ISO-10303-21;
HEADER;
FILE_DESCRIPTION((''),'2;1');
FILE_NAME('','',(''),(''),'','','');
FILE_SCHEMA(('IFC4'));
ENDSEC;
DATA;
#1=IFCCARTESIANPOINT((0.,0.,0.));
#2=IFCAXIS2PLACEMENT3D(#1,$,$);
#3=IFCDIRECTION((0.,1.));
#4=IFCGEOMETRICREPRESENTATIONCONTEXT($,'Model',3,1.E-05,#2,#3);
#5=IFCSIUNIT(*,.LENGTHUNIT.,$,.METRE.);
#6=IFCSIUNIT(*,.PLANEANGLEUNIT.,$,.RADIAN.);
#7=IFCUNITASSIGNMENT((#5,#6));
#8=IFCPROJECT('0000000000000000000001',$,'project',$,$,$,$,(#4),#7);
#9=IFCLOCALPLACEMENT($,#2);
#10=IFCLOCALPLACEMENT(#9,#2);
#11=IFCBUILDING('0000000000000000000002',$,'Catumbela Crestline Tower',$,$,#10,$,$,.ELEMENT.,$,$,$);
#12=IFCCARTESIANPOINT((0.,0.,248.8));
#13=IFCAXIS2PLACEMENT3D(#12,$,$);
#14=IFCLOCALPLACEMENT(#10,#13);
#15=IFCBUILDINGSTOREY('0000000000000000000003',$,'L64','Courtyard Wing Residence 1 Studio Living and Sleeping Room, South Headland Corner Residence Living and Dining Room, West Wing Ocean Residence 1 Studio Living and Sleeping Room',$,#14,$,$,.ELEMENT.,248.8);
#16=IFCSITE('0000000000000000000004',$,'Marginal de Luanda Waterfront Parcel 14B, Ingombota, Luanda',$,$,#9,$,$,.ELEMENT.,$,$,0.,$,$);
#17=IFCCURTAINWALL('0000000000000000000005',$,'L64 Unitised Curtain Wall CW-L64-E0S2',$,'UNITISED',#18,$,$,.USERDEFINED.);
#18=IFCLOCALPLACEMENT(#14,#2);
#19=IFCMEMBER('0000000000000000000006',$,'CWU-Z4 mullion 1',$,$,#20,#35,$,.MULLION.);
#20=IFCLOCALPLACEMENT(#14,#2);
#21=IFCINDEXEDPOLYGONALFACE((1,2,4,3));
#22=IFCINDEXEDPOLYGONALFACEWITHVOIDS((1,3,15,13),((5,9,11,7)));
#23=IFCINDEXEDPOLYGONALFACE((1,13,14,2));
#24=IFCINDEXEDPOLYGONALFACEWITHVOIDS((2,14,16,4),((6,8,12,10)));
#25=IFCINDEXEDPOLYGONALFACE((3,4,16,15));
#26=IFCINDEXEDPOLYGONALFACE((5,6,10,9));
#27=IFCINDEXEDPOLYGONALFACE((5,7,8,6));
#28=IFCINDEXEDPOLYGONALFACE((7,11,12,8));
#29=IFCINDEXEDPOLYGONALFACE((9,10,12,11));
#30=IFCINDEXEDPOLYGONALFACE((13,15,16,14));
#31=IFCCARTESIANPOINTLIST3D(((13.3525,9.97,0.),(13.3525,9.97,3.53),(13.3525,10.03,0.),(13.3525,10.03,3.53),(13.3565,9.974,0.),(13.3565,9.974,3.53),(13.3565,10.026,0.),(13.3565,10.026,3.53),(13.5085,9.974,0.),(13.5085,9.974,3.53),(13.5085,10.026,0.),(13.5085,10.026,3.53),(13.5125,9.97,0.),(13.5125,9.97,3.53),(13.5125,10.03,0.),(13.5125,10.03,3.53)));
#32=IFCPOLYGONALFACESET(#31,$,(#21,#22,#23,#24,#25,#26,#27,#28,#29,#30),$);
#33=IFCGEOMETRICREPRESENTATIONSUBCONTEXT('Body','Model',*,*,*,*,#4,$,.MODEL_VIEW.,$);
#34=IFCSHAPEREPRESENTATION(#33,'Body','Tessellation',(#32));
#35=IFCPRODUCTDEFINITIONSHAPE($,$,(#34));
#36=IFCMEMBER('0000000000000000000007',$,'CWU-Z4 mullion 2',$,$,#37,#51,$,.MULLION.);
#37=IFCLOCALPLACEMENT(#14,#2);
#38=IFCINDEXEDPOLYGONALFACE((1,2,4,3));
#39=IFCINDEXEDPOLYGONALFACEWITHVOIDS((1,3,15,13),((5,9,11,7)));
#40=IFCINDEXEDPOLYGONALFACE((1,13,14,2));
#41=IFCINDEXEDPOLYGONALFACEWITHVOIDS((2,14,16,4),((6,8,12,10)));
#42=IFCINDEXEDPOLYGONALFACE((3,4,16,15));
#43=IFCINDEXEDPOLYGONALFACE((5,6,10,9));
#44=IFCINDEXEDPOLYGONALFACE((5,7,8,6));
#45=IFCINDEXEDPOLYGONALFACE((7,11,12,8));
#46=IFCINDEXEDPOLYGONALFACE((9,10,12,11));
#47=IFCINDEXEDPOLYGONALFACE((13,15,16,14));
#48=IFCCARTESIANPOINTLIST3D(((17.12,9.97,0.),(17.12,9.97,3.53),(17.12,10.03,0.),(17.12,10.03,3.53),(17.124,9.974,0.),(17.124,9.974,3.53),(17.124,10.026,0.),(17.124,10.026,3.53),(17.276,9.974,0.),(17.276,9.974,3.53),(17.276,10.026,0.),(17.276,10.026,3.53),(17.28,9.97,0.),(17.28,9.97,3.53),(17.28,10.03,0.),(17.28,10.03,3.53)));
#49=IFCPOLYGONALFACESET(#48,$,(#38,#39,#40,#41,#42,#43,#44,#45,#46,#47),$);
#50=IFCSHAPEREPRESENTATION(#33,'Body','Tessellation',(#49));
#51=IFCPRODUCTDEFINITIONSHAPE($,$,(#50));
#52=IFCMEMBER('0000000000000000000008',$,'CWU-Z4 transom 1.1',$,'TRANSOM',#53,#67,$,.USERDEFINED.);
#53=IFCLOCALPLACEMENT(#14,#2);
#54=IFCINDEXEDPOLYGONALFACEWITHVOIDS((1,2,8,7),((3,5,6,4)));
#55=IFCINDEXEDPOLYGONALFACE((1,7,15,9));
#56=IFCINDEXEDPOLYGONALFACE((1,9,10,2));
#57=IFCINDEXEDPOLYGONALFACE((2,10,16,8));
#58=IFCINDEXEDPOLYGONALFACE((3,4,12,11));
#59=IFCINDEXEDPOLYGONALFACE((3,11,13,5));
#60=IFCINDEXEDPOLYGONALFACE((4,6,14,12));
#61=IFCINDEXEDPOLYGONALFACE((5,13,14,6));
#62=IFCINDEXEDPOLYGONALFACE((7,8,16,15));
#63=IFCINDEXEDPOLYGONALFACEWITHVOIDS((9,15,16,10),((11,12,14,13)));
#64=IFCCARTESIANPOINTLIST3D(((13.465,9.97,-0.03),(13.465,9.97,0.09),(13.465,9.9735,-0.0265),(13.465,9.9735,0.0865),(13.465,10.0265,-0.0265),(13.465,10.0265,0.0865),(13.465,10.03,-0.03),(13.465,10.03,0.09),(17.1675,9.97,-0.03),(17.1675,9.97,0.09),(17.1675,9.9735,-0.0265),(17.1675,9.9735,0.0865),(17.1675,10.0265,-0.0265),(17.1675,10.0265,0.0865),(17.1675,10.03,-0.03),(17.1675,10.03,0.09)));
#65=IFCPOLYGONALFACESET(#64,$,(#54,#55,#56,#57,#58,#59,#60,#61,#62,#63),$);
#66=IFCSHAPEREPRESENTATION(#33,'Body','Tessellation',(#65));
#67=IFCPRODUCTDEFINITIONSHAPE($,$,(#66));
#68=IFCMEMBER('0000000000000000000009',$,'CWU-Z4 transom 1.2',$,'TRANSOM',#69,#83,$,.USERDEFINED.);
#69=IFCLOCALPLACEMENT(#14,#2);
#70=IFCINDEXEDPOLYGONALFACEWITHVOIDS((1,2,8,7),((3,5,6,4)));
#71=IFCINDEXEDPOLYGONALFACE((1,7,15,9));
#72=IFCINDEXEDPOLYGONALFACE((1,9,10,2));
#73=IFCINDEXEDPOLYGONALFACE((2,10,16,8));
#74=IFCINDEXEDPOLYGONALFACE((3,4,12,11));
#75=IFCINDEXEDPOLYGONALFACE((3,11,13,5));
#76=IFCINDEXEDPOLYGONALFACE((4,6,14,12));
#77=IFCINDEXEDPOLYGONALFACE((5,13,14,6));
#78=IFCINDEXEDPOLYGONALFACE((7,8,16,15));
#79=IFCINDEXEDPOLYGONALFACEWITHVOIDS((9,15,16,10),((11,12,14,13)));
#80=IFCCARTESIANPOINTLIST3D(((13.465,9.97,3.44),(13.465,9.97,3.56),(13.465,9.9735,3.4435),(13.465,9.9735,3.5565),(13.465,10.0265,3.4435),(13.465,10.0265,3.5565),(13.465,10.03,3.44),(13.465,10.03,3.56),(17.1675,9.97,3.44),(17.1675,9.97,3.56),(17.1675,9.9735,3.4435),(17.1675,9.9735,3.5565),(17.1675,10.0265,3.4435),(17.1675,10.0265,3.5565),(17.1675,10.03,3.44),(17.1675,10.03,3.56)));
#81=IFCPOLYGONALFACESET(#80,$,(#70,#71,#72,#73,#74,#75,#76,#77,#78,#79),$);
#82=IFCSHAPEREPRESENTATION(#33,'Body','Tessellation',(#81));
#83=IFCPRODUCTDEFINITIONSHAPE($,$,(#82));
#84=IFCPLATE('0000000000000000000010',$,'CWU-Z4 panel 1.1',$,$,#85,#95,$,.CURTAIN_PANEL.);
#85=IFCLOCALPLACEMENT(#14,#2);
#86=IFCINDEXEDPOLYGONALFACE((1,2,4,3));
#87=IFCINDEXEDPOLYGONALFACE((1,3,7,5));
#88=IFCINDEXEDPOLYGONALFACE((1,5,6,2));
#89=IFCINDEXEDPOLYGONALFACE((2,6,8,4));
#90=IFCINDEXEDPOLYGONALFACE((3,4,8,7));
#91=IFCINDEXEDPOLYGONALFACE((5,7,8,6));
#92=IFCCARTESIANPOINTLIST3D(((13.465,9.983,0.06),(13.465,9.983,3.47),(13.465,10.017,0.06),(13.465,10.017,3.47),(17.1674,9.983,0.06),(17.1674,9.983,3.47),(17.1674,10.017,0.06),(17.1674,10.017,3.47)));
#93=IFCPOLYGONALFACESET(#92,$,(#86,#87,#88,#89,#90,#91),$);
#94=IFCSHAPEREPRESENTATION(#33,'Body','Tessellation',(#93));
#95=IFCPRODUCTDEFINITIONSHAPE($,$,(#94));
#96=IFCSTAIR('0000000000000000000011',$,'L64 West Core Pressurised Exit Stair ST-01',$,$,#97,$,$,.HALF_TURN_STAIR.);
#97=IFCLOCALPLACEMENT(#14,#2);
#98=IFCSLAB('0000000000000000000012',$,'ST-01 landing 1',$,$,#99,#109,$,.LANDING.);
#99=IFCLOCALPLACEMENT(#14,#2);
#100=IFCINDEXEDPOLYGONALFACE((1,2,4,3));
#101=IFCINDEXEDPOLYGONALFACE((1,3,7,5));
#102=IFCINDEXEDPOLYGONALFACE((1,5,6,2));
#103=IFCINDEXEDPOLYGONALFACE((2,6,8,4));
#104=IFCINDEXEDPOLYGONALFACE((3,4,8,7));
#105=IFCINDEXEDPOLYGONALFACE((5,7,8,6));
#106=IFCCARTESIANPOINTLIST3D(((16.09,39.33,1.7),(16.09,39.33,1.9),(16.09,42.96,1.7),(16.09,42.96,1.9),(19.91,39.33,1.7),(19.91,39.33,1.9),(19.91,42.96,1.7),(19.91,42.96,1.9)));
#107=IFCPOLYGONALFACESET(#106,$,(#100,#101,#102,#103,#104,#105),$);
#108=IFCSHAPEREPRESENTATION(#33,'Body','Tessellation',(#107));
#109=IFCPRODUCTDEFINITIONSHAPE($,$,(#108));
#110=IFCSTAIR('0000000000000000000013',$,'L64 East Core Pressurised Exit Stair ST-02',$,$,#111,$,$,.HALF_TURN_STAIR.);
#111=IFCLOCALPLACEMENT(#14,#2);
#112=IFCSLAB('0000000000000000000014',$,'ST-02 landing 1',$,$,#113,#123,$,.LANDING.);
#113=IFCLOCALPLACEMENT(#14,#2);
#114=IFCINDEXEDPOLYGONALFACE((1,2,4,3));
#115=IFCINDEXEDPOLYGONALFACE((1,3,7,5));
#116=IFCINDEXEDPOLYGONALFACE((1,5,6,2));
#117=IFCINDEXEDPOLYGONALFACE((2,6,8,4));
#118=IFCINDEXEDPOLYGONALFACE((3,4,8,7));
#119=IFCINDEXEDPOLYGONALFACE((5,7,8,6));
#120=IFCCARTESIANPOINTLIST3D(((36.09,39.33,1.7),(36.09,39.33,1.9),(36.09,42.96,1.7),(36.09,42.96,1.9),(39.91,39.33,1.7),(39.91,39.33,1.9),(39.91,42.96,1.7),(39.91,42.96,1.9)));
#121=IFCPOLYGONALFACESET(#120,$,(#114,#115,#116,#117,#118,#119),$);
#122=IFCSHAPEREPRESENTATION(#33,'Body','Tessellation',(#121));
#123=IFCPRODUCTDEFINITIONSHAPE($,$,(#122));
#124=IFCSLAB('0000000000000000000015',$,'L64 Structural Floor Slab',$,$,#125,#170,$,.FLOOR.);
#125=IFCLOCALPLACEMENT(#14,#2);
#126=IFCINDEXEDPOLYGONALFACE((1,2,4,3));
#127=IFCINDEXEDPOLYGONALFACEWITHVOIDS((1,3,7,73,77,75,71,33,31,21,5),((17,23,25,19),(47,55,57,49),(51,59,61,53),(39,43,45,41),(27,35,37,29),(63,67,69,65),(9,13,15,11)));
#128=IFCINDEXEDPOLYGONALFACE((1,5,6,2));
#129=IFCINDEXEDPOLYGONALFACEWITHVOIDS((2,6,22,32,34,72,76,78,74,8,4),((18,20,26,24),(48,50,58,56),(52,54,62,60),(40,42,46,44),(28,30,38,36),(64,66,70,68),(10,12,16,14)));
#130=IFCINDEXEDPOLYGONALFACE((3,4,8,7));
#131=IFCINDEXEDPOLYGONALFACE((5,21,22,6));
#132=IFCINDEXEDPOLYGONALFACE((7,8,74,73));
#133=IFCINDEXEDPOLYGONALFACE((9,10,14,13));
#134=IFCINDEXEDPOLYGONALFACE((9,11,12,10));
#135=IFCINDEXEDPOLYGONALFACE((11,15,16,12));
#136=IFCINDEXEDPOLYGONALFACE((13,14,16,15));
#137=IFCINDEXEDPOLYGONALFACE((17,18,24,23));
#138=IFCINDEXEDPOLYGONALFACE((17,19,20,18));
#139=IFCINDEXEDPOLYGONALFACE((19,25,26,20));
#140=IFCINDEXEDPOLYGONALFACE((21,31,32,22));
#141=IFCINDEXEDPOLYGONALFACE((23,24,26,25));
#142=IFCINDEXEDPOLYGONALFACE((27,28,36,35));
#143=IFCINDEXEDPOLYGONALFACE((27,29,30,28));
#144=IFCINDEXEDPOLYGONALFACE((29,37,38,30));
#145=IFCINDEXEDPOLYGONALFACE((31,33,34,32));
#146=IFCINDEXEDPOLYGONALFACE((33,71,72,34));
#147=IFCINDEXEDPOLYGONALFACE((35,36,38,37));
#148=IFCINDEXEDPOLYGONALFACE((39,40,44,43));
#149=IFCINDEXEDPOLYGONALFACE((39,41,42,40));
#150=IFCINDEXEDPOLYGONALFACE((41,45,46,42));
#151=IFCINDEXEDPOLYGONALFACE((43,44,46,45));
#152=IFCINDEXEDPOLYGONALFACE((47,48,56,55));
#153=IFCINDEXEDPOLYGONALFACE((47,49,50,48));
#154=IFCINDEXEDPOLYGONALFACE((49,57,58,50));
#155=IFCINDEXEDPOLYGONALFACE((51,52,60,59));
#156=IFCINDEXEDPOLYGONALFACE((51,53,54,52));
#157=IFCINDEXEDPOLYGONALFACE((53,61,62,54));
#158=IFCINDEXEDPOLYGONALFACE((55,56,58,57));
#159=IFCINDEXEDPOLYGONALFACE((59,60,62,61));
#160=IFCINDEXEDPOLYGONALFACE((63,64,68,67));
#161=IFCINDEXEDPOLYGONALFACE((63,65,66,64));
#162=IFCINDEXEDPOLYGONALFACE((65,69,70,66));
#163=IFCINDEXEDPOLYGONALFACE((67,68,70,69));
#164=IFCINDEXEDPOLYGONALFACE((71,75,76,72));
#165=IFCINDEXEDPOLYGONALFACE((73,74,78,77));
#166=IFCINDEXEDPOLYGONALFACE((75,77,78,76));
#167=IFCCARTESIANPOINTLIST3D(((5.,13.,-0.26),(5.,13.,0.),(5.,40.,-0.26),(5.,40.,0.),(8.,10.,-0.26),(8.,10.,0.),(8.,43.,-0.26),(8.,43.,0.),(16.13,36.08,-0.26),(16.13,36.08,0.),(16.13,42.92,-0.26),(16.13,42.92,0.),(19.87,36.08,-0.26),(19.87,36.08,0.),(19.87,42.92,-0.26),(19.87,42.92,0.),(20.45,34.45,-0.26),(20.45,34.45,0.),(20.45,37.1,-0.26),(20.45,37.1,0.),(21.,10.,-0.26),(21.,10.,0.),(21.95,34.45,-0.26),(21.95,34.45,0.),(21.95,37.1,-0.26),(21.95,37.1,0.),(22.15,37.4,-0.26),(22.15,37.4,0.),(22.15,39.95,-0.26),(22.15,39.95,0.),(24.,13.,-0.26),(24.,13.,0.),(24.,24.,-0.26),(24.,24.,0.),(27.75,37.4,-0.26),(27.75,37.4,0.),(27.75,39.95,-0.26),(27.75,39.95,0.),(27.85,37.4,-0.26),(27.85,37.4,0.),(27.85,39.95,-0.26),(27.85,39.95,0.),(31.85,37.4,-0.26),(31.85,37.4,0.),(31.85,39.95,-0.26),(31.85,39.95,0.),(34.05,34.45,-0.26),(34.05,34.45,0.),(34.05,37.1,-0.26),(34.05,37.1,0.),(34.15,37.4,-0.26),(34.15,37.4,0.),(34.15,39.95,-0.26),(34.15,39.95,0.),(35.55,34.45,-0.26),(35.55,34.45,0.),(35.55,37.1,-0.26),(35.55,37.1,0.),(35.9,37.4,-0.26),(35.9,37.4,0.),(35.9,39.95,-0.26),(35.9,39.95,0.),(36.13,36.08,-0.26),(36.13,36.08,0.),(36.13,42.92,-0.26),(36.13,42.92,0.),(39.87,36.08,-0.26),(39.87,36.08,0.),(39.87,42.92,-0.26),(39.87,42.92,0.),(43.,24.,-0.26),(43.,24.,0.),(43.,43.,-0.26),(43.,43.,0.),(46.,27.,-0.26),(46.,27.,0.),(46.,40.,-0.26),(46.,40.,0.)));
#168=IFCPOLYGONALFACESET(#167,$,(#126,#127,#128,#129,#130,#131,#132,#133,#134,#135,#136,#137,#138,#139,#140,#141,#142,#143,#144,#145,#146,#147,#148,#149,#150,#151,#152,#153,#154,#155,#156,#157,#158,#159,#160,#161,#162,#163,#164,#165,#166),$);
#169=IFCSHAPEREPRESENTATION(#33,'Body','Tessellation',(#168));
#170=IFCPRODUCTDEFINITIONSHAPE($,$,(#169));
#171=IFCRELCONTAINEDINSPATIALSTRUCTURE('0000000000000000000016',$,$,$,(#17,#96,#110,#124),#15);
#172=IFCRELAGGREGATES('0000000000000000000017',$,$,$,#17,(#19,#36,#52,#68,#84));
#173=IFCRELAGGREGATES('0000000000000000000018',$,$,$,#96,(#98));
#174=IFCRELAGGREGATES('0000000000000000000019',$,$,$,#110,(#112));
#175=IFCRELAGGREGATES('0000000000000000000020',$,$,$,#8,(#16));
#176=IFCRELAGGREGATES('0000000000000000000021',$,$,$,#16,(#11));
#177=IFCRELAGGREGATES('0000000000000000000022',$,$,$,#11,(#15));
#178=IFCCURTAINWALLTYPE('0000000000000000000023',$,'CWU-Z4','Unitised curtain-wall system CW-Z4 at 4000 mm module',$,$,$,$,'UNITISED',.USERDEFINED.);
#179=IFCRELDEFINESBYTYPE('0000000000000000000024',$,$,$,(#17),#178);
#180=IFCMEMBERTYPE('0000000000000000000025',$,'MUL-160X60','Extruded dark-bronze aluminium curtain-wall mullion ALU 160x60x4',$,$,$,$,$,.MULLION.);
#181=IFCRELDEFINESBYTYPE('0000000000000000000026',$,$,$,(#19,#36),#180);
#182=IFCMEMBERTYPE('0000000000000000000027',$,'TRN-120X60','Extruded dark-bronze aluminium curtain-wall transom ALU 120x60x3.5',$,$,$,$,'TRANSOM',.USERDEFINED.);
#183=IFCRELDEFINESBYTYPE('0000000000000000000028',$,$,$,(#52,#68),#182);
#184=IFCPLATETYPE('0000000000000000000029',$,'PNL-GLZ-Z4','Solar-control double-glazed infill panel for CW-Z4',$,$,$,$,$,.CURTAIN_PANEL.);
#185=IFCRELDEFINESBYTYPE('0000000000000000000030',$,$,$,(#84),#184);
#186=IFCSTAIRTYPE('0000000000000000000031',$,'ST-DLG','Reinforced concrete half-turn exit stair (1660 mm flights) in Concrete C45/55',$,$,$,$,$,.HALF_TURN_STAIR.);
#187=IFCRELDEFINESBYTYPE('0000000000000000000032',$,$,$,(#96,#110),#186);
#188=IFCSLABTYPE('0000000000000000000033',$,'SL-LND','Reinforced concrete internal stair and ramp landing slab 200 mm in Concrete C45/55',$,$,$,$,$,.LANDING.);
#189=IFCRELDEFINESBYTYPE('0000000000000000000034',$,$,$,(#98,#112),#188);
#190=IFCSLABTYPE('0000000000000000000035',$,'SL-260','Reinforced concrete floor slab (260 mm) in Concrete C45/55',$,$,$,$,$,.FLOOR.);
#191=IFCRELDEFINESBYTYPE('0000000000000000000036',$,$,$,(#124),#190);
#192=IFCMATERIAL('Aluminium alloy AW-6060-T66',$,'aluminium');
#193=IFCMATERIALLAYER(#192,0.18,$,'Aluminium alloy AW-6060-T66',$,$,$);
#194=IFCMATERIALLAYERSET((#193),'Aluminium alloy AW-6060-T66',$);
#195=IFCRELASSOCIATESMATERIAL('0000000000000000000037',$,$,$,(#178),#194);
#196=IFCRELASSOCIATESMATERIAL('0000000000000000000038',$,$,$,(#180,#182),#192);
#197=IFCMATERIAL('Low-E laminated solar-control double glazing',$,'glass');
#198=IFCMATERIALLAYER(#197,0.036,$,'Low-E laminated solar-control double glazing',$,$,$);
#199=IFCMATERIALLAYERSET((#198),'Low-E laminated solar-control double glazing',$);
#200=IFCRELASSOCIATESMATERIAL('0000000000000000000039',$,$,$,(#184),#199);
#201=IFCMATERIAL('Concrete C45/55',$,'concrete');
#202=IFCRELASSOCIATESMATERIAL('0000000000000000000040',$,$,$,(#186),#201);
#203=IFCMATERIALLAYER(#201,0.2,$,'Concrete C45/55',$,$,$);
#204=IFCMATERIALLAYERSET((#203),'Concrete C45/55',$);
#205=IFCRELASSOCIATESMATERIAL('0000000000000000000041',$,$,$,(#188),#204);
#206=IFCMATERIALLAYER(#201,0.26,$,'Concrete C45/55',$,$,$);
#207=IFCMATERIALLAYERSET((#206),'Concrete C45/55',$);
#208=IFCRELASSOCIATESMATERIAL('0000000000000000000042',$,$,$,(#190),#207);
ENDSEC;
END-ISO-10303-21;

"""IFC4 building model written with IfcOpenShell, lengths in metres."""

from ifc_helpers import new_model, si_unit, direction, frame, origin, origin_2d, place, context, subcontext, project, spatial, polyline, rectangle, hollow_rectangle, outline, extrude, material, layer, layer_set, material_profile, profile_set, type_object, element, aggregate, save


model = new_model("IFC4")

# Units and contexts
model_context = context("Model", 3, precision=1e-05, world=origin(), true_north=direction((0.0, 1.0)))
body_context = subcontext(model_context, "Body", "Model", "MODEL_VIEW")
ifc_project = project(units=[si_unit("LENGTHUNIT", "METRE"), si_unit("PLANEANGLEUNIT", "RADIAN")], contexts=[model_context])

# Site, building, storey
site_placement = place(None, origin())
site = spatial("IfcSite", under=ifc_project, at=site_placement, Name="Marginal de Luanda Waterfront Parcel 14B, Ingombota, Luanda", CompositionType="ELEMENT", RefElevation=0.0)
building_placement = place(site_placement, origin())
building = spatial("IfcBuilding", under=site, at=building_placement, Name="Catumbela Crestline Tower", CompositionType="ELEMENT")
storey_placement = place(building_placement, frame((0.0, 0.0, 248.8)))
storey = spatial("IfcBuildingStorey", under=building, at=storey_placement, Name="L64", Description="Courtyard Wing Residence 1 Studio Living and Sleeping Room, South Headland Corner Residence Living and Dining Room, West Wing Ocean Residence 1 Studio Living and Sleeping Room", CompositionType="ELEMENT", Elevation=248.8)

# Curtain wall, members, plate
ifc_material_1 = material(Name="Aluminium alloy AW-6060-T66", Category="aluminium")
ifc_layer_1 = layer(ifc_material_1, 0.18, Name="Aluminium alloy AW-6060-T66")
ifc_layer_set_1 = layer_set([ifc_layer_1], Name="Aluminium alloy AW-6060-T66")
curtain_wall_type = type_object("IfcCurtainWallType", Name="CWU-Z4", Description="Unitised curtain-wall system CW-Z4 at 4000 mm module", ElementType="UNITISED", PredefinedType="USERDEFINED", material=ifc_layer_set_1)
curtain_wall_placement = place(storey_placement, origin())
curtain_wall = element("IfcCurtainWall", 1, at=curtain_wall_placement, inside=storey, type_object=curtain_wall_type, Name="L64 Unitised Curtain Wall CW-L64-E0S2", ObjectType="UNITISED", PredefinedType="USERDEFINED")
ifc_material_profile_1 = material_profile(ifc_material_1, hollow_rectangle(XDim=0.06, YDim=0.16, WallThickness=0.004, at=origin_2d()), Name="ALU 160x60x4")
ifc_profile_set_1 = profile_set([ifc_material_profile_1], Name="Aluminium alloy AW-6060-T66")
member_type_1 = type_object("IfcMemberType", Name="MUL-160X60", Description="Extruded dark-bronze aluminium curtain-wall mullion ALU 160x60x4", PredefinedType="MULLION", material=ifc_profile_set_1)
member_1_placement = place(storey_placement, frame((13.4325, 10.0, 0.0), z_axis=(0.0, 0.0, 1.0), x_axis=(0.0, 1.0, 0.0)))
member_1 = element("IfcMember", 2, at=member_1_placement, type_object=member_type_1, Name="CWU-Z4 mullion 1", PredefinedType="MULLION", context=body_context, shape_type="SweptSolid", body=[
    extrude(hollow_rectangle(XDim=0.06, YDim=0.16, WallThickness=0.004, at=origin_2d()), origin(), (0.0, 0.0, 1.0), 3.53),
])
member_2_placement = place(storey_placement, frame((17.2, 10.0, 0.0), z_axis=(0.0, 0.0, 1.0), x_axis=(0.0, 1.0, 0.0)))
member_2 = element("IfcMember", 3, at=member_2_placement, type_object=member_type_1, Name="CWU-Z4 mullion 2", PredefinedType="MULLION", context=body_context, shape_type="SweptSolid", body=[
    extrude(hollow_rectangle(XDim=0.06, YDim=0.16, WallThickness=0.004, at=origin_2d()), origin(), (0.0, 0.0, 1.0), 3.53),
])
ifc_material_profile_2 = material_profile(ifc_material_1, hollow_rectangle(XDim=0.06, YDim=0.12, WallThickness=0.0035, at=origin_2d()), Name="ALU 120x60x3.5")
ifc_profile_set_2 = profile_set([ifc_material_profile_2], Name="Aluminium alloy AW-6060-T66")
member_type_2 = type_object("IfcMemberType", Name="TRN-120X60", Description="Extruded dark-bronze aluminium curtain-wall transom ALU 120x60x3.5", ElementType="TRANSOM", PredefinedType="USERDEFINED", material=ifc_profile_set_2)
member_3_placement = place(storey_placement, frame((13.465, 10.0, 0.03), z_axis=(1.0, 0.0, 0.0), x_axis=(0.0, 1.0, 0.0)))
member_3 = element("IfcMember", 4, at=member_3_placement, type_object=member_type_2, Name="CWU-Z4 transom 1.1", ObjectType="TRANSOM", PredefinedType="USERDEFINED", context=body_context, shape_type="SweptSolid", body=[
    extrude(hollow_rectangle(XDim=0.06, YDim=0.12, WallThickness=0.0035, at=origin_2d()), origin(), (0.0, 0.0, 1.0), 3.7025),
])
member_4_placement = place(storey_placement, frame((13.465, 10.0, 3.5), z_axis=(1.0, 0.0, 0.0), x_axis=(0.0, 1.0, 0.0)))
member_4 = element("IfcMember", 5, at=member_4_placement, type_object=member_type_2, Name="CWU-Z4 transom 1.2", ObjectType="TRANSOM", PredefinedType="USERDEFINED", context=body_context, shape_type="SweptSolid", body=[
    extrude(hollow_rectangle(XDim=0.06, YDim=0.12, WallThickness=0.0035, at=origin_2d()), origin(), (0.0, 0.0, 1.0), 3.7025),
])
ifc_material_2 = material(Name="Low-E laminated solar-control double glazing", Category="glass")
ifc_layer_2 = layer(ifc_material_2, 0.036, Name="Low-E laminated solar-control double glazing")
ifc_layer_set_2 = layer_set([ifc_layer_2], Name="Low-E laminated solar-control double glazing")
plate_type = type_object("IfcPlateType", Name="PNL-GLZ-Z4", Description="Solar-control double-glazed infill panel for CW-Z4", PredefinedType="CURTAIN_PANEL", material=ifc_layer_set_2)
plate_placement = place(storey_placement, frame((15.3162, 10.0, 0.06), z_axis=(0.0, 0.0, 1.0), x_axis=(1.0, 0.0, 0.0)))
plate = element("IfcPlate", 6, at=plate_placement, type_object=plate_type, Name="CWU-Z4 panel 1.1", PredefinedType="CURTAIN_PANEL", context=body_context, shape_type="SweptSolid", body=[
    extrude(rectangle(XDim=3.7025, YDim=0.034, at=origin_2d()), origin(), (0.0, 0.0, 1.0), 3.41),
])
aggregate(curtain_wall, [member_1, member_2, member_3, member_4, plate])

# Stairs, slabs
ifc_material_3 = material(Name="Concrete C45/55", Category="concrete")
stair_type = type_object("IfcStairType", Name="ST-DLG", Description="Reinforced concrete half-turn exit stair (1660 mm flights) in Concrete C45/55", PredefinedType="HALF_TURN_STAIR", material=ifc_material_3)
stair_1_placement = place(storey_placement, origin())
stair_1 = element("IfcStair", 7, at=stair_1_placement, inside=storey, type_object=stair_type, Name="L64 West Core Pressurised Exit Stair ST-01", PredefinedType="HALF_TURN_STAIR")
ifc_layer_3 = layer(ifc_material_3, 0.2, Name="Concrete C45/55")
ifc_layer_set_3 = layer_set([ifc_layer_3], Name="Concrete C45/55")
slab_type_1 = type_object("IfcSlabType", Name="SL-LND", Description="Reinforced concrete internal stair and ramp landing slab 200 mm in Concrete C45/55", PredefinedType="LANDING", material=ifc_layer_set_3)
slab_1_placement = place(storey_placement, frame((0.0, 0.0, 1.7)))
slab_1 = element("IfcSlab", 8, at=slab_1_placement, type_object=slab_type_1, Name="ST-01 landing 1", PredefinedType="LANDING", context=body_context, shape_type="SweptSolid", body=[
    extrude(outline(polyline([(19.91, 39.33), (19.91, 42.96), (16.09, 42.96), (16.09, 39.33), (19.91, 39.33)])), origin(), (0.0, 0.0, 1.0), 0.2),
])
aggregate(stair_1, [slab_1])
stair_2_placement = place(storey_placement, origin())
stair_2 = element("IfcStair", 9, at=stair_2_placement, inside=storey, type_object=stair_type, Name="L64 East Core Pressurised Exit Stair ST-02", PredefinedType="HALF_TURN_STAIR")
slab_2_placement = place(storey_placement, frame((0.0, 0.0, 1.7)))
slab_2 = element("IfcSlab", 10, at=slab_2_placement, type_object=slab_type_1, Name="ST-02 landing 1", PredefinedType="LANDING", context=body_context, shape_type="SweptSolid", body=[
    extrude(outline(polyline([(39.91, 39.33), (39.91, 42.96), (36.09, 42.96), (36.09, 39.33), (39.91, 39.33)])), origin(), (0.0, 0.0, 1.0), 0.2),
])
aggregate(stair_2, [slab_2])

# Slab
ifc_layer_4 = layer(ifc_material_3, 0.26, Name="Concrete C45/55")
ifc_layer_set_4 = layer_set([ifc_layer_4], Name="Concrete C45/55")
slab_type_2 = type_object("IfcSlabType", Name="SL-260", Description="Reinforced concrete floor slab (260 mm) in Concrete C45/55", PredefinedType="FLOOR", material=ifc_layer_set_4)
slab_3_placement = place(storey_placement, frame((0.0, 0.0, -0.26)))
element("IfcSlab", 11, at=slab_3_placement, inside=storey, type_object=slab_type_2, Name="L64 Structural Floor Slab", PredefinedType="FLOOR", context=body_context, shape_type="SweptSolid", body=[
    extrude(outline(polyline([(8.0, 10.0), (21.0, 10.0), (24.0, 13.0), (24.0, 24.0), (43.0, 24.0), (46.0, 27.0), (46.0, 40.0), (43.0, 43.0), (8.0, 43.0), (5.0, 40.0), (5.0, 13.0), (8.0, 10.0)]), holes=[polyline([(16.13, 36.08), (19.87, 36.08), (19.87, 42.92), (16.13, 42.92), (16.13, 36.08)]), polyline([(36.13, 36.08), (39.87, 36.08), (39.87, 42.92), (36.13, 42.92), (36.13, 36.08)]), polyline([(22.15, 37.4), (27.75, 37.4), (27.75, 39.95), (22.15, 39.95), (22.15, 37.4)]), polyline([(27.85, 37.4), (31.85, 37.4), (31.85, 39.95), (27.85, 39.95), (27.85, 37.4)]), polyline([(20.45, 34.45), (21.95, 34.45), (21.95, 37.1), (20.45, 37.1), (20.45, 34.45)]), polyline([(34.05, 34.45), (35.55, 34.45), (35.55, 37.1), (34.05, 37.1), (34.05, 34.45)]), polyline([(34.15, 37.4), (35.9, 37.4), (35.9, 39.95), (34.15, 39.95), (34.15, 37.4)])]), origin(), (0.0, 0.0, 1.0), 0.26),
])

save(model, "model.ifc")
